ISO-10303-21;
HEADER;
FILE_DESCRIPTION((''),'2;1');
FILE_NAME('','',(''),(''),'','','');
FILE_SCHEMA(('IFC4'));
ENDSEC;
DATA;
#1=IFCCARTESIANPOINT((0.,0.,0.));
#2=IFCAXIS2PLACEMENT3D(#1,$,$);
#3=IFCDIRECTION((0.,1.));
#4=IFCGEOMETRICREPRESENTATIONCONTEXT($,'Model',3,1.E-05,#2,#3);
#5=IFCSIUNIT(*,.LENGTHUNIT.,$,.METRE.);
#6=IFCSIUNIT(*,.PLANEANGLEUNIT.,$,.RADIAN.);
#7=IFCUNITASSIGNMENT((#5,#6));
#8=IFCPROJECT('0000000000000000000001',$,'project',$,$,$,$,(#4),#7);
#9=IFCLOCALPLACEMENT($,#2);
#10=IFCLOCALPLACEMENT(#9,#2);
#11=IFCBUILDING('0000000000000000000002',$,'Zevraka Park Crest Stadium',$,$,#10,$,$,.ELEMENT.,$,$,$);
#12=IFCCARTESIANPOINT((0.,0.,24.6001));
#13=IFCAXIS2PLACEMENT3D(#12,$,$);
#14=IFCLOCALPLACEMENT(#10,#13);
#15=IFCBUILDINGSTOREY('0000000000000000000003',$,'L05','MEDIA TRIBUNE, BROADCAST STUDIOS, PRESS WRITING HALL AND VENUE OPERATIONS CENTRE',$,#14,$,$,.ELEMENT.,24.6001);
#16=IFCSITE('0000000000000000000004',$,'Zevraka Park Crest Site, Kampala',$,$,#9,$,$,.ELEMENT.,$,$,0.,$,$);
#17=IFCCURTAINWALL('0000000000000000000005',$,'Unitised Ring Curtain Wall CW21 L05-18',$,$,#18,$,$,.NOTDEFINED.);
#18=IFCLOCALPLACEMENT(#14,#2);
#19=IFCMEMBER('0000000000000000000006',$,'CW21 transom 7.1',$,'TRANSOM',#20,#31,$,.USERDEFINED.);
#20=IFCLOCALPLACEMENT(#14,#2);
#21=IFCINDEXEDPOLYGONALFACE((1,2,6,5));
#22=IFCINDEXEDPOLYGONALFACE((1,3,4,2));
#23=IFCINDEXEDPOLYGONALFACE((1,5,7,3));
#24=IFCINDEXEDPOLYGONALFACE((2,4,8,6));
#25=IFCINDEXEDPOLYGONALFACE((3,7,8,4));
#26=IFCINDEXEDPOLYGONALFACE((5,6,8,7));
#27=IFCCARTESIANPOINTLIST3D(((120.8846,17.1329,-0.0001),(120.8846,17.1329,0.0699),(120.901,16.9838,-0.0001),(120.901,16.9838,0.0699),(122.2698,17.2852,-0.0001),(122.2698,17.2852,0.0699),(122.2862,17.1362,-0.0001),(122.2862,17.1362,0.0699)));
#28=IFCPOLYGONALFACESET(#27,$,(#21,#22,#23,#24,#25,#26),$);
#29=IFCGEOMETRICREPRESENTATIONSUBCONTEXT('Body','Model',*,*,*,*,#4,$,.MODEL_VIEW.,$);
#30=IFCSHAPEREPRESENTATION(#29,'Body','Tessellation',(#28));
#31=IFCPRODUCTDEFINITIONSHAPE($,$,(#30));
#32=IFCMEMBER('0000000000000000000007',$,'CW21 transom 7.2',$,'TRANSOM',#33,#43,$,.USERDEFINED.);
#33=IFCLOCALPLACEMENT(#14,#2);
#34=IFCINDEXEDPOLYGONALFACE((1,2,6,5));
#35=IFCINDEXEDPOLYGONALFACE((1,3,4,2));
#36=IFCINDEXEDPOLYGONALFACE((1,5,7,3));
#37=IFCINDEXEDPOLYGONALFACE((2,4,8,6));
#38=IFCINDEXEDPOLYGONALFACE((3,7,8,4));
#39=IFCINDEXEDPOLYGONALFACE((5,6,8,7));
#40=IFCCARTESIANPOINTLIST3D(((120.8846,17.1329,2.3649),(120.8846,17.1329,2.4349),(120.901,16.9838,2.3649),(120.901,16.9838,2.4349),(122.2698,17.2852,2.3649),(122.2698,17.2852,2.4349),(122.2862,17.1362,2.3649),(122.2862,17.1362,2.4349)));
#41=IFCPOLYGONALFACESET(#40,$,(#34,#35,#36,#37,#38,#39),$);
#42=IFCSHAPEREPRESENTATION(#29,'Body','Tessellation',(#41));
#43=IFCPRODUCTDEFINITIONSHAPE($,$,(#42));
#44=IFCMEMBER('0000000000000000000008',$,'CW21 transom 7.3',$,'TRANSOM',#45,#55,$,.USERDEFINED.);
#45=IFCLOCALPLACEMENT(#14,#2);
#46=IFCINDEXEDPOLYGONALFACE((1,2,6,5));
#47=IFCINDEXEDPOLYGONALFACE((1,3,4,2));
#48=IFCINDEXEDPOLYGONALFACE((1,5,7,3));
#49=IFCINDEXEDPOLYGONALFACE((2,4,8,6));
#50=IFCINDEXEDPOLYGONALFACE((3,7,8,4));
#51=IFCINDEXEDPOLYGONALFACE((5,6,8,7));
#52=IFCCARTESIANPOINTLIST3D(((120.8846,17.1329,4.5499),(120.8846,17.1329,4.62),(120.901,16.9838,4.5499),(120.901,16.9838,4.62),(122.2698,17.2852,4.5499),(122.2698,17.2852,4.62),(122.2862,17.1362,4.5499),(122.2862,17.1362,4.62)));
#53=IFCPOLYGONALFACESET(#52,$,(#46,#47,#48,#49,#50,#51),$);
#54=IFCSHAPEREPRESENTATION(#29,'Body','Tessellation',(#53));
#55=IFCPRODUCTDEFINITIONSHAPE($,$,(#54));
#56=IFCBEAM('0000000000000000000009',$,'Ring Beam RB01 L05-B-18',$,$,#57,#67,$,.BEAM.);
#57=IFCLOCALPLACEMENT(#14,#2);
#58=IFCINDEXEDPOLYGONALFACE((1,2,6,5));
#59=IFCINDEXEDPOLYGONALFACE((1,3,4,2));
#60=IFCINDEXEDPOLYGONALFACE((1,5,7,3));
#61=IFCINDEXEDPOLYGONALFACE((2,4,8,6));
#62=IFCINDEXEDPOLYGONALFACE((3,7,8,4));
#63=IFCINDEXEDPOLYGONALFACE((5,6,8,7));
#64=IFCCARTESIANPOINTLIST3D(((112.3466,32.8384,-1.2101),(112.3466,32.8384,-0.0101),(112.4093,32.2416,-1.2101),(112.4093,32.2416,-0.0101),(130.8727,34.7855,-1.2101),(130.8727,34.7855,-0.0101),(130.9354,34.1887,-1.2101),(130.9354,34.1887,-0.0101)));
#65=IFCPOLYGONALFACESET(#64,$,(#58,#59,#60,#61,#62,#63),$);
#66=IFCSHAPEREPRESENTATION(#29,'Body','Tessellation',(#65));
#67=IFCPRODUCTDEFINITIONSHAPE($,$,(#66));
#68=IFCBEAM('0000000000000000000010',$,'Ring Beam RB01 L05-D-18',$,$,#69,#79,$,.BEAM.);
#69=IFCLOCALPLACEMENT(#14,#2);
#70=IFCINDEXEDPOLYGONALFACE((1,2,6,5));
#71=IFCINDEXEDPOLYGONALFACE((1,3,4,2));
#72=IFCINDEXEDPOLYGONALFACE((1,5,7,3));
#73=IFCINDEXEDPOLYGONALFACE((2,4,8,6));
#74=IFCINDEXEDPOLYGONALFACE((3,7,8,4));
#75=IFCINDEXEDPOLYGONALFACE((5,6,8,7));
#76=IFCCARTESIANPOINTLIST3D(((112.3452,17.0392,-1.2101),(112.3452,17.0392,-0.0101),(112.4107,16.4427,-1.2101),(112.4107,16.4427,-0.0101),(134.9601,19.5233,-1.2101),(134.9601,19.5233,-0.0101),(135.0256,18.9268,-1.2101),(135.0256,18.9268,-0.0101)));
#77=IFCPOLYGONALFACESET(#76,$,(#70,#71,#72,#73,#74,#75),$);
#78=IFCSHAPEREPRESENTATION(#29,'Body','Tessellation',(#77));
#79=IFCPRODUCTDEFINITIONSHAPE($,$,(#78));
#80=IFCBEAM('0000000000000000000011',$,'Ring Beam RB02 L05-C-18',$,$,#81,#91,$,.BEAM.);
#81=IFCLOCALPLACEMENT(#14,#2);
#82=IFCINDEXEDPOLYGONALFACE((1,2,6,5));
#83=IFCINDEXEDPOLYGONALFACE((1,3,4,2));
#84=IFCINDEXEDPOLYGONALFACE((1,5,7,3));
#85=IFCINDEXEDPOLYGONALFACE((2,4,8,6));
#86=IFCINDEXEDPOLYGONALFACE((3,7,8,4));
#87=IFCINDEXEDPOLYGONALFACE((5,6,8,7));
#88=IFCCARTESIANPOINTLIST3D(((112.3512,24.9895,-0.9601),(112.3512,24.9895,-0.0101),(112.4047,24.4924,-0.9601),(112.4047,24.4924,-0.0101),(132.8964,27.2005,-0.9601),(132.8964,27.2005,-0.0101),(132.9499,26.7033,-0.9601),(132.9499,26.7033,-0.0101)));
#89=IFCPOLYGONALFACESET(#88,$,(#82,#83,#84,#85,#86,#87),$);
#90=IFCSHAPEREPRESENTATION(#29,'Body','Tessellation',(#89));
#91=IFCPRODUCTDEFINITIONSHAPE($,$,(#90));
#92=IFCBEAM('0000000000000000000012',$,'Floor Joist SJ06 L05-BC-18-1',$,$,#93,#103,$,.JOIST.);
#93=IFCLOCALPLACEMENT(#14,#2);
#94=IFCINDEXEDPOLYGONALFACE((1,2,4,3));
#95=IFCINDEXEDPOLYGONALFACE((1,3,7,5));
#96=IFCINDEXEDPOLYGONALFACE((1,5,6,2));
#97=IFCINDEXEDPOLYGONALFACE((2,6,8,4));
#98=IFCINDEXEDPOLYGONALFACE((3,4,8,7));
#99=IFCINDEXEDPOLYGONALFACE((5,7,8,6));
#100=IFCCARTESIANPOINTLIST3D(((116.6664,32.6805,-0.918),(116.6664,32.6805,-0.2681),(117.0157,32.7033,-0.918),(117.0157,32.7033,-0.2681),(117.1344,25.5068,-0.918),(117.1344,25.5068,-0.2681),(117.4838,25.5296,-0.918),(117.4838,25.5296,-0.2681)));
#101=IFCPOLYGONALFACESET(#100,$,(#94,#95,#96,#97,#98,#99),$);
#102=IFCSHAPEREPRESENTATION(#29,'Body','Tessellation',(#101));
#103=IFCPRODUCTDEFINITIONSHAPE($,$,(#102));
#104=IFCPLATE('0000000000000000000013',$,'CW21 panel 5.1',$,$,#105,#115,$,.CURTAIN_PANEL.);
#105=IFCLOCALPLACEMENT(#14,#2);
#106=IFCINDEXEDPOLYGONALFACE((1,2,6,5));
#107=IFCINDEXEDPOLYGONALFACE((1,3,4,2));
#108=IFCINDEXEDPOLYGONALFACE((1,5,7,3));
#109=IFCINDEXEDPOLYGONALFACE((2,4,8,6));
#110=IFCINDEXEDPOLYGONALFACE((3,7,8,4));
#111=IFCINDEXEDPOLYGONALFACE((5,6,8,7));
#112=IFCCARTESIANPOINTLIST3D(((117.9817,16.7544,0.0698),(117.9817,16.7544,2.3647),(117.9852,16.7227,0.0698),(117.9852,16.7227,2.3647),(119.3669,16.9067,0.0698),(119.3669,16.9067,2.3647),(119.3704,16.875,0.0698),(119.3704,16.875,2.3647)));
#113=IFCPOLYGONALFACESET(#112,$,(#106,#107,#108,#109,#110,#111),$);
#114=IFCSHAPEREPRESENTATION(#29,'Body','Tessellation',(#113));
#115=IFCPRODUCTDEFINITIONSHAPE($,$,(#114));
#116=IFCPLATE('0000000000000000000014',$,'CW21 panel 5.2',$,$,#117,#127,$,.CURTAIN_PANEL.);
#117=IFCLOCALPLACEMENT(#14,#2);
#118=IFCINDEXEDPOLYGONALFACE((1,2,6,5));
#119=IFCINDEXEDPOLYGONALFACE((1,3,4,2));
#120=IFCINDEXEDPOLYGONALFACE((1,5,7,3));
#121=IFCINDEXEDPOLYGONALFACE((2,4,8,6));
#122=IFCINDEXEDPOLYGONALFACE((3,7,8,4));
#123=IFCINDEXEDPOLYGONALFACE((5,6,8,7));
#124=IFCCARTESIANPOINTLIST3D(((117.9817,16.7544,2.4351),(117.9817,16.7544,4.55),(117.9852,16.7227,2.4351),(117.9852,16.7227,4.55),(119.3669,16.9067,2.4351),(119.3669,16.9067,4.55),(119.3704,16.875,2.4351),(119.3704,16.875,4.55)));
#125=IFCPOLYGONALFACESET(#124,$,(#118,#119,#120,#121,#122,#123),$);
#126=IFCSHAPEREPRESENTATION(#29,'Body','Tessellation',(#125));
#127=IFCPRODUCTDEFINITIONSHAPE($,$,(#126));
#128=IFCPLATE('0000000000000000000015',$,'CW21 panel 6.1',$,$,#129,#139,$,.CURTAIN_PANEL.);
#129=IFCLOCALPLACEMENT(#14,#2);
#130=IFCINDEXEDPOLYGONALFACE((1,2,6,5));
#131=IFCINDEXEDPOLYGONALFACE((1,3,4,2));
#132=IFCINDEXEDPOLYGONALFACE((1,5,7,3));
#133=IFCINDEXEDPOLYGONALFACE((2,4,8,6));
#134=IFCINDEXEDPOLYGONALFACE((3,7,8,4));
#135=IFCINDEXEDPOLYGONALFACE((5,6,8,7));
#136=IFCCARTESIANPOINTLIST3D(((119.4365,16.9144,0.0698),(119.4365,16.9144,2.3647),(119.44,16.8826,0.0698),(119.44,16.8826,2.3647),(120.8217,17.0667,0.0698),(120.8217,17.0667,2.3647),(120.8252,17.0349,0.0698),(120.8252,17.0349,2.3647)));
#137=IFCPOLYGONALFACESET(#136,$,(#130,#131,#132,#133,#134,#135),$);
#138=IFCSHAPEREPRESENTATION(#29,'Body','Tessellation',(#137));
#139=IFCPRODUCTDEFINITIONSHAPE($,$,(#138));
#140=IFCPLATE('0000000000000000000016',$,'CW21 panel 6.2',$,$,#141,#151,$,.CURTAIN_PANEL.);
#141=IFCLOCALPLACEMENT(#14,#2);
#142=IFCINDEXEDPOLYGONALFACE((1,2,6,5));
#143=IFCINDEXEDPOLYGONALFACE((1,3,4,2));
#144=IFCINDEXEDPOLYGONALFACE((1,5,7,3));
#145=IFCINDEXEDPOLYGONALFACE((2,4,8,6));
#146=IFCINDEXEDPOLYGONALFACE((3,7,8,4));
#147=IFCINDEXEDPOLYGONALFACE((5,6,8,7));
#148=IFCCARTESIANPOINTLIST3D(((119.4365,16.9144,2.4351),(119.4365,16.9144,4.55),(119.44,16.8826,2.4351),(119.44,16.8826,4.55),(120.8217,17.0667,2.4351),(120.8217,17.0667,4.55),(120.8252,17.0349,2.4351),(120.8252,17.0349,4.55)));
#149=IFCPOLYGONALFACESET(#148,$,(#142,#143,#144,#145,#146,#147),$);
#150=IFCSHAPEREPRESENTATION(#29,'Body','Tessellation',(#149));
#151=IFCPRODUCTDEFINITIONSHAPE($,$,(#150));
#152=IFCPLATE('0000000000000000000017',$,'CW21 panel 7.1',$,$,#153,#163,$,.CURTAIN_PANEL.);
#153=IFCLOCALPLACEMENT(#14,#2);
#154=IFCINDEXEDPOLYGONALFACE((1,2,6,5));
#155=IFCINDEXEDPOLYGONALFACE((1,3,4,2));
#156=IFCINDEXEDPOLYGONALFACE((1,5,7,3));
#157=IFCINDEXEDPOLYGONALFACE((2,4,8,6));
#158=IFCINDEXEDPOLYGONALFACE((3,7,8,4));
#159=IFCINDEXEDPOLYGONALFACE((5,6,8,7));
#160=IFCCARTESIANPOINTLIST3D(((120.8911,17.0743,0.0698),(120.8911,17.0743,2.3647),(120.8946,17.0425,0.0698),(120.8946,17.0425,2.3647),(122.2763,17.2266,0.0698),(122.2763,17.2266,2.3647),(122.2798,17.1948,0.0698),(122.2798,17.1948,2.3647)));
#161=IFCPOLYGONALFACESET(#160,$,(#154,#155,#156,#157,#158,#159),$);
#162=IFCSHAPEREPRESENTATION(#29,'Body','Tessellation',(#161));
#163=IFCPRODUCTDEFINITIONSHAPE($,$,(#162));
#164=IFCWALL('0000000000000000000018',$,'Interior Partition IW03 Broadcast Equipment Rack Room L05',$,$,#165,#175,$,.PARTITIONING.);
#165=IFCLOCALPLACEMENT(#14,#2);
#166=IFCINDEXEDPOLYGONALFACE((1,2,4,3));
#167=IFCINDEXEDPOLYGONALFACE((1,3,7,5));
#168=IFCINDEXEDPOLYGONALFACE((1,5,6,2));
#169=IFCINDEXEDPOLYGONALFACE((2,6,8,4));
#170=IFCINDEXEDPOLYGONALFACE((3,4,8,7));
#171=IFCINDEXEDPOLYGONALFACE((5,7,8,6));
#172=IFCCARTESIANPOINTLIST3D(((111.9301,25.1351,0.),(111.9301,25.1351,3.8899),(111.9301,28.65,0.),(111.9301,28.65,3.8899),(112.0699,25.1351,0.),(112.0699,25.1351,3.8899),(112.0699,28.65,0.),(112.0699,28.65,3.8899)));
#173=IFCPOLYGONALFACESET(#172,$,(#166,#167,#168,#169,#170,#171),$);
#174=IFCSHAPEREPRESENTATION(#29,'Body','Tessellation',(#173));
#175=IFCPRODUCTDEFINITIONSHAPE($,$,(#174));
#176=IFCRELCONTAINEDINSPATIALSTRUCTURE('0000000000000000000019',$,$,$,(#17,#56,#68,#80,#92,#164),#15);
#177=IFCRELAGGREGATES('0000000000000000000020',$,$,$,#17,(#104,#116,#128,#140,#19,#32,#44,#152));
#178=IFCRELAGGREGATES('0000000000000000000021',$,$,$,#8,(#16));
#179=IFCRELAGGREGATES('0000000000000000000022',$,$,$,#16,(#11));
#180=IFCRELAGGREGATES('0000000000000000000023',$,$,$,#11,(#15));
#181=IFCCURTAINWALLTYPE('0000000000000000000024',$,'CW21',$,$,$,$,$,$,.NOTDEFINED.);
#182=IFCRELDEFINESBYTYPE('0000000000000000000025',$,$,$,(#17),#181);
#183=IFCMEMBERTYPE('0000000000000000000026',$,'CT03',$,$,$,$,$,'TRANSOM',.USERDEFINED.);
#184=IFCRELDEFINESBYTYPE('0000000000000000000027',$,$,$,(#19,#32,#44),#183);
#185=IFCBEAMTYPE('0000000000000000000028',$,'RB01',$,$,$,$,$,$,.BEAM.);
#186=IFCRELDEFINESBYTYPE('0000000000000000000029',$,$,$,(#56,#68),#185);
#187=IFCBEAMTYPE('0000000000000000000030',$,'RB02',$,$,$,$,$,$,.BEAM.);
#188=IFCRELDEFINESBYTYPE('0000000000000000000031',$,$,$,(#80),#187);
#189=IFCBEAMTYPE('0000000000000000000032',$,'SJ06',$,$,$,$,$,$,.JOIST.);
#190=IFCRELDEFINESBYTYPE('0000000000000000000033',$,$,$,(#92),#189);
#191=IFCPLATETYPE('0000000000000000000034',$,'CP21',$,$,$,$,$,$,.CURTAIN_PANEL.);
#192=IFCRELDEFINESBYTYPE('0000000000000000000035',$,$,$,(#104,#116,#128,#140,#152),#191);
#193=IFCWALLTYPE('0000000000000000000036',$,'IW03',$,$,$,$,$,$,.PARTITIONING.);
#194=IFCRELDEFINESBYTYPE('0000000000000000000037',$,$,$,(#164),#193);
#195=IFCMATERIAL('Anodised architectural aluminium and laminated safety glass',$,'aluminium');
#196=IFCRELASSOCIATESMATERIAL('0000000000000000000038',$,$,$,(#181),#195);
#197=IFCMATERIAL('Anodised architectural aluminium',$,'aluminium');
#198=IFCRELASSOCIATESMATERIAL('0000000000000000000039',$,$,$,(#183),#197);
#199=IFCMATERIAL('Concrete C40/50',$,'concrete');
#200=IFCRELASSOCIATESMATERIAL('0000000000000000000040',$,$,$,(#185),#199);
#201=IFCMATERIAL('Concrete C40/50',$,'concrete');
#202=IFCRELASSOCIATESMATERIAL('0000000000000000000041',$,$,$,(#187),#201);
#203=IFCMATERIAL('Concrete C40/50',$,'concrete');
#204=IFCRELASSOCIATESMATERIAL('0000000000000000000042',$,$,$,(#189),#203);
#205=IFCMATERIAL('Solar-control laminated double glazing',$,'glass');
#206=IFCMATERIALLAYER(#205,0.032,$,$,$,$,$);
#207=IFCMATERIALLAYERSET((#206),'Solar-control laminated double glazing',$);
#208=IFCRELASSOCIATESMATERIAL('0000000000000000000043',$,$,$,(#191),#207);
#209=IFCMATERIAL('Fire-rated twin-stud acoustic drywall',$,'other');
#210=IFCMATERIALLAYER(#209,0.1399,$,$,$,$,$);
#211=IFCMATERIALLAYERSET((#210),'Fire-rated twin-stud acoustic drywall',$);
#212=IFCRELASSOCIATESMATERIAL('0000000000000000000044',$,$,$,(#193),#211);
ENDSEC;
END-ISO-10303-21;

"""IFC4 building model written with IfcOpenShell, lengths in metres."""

from ifc_helpers import new_model, si_unit, direction, frame, frame_2d, origin, origin_2d, place, context, subcontext, project, spatial, rectangle, extrude, material, layer, layer_set, material_profile, profile_set, type_object, element, aggregate, save


model = new_model("IFC4")

# Units and contexts
model_context = context("Model", 3, precision=1e-05, world=origin(), true_north=direction((0.0, 1.0)))
body_context = subcontext(model_context, "Body", "Model", "MODEL_VIEW")
ifc_project = project(units=[si_unit("LENGTHUNIT", "METRE"), si_unit("PLANEANGLEUNIT", "RADIAN")], contexts=[model_context])

# Site, building, storey
site_placement = place(None, origin())
site = spatial("IfcSite", under=ifc_project, at=site_placement, Name="Zevraka Park Crest Site, Kampala", CompositionType="ELEMENT", RefElevation=0.0)
building_placement = place(site_placement, origin())
building = spatial("IfcBuilding", under=site, at=building_placement, Name="Zevraka Park Crest Stadium", CompositionType="ELEMENT")
storey_placement = place(building_placement, frame((0.0, 0.0, 24.6001)))
storey = spatial("IfcBuildingStorey", under=building, at=storey_placement, Name="L05", Description="MEDIA TRIBUNE, BROADCAST STUDIOS, PRESS WRITING HALL AND VENUE OPERATIONS CENTRE", CompositionType="ELEMENT", Elevation=24.6001)

# Curtain wall, members
ifc_material_1 = material(Name="Anodised architectural aluminium and laminated safety glass", Category="aluminium")
curtain_wall_type = type_object("IfcCurtainWallType", Name="CW21", PredefinedType="NOTDEFINED", material=ifc_material_1)
curtain_wall_placement = place(storey_placement, origin())
curtain_wall = element("IfcCurtainWall", 1, at=curtain_wall_placement, inside=storey, type_object=curtain_wall_type, Name="Unitised Ring Curtain Wall CW21 L05-18", PredefinedType="NOTDEFINED")
ifc_material_2 = material(Name="Anodised architectural aluminium", Category="aluminium")
ifc_material_profile_1 = material_profile(ifc_material_2, rectangle(XDim=0.1499, YDim=0.0701, at=origin_2d()), Name="ALU TRANSOM 150x70")
ifc_profile_set_1 = profile_set([ifc_material_profile_1], Name="Anodised architectural aluminium")
member_type_1 = type_object("IfcMemberType", Name="CT03", ElementType="TRANSOM", PredefinedType="USERDEFINED", material=ifc_profile_set_1)
member_1_placement = place(storey_placement, frame((120.8928, 17.0583, 0.0349), z_axis=(0.994007, 0.109316, 0.0), x_axis=(-0.109316, 0.994007, 0.0)))
member_1 = element("IfcMember", 2, at=member_1_placement, type_object=member_type_1, Name="CW21 transom 7.1", ObjectType="TRANSOM", PredefinedType="USERDEFINED", context=body_context, shape_type="SweptSolid", body=[
    extrude(rectangle(XDim=0.1499, YDim=0.0701, at=origin_2d()), origin(), (0.0, 0.0, 1.0), 1.3936),
])
member_2_placement = place(storey_placement, frame((120.8928, 17.0583, 2.3999), z_axis=(0.994007, 0.109316, 0.0), x_axis=(-0.109316, 0.994007, 0.0)))
member_2 = element("IfcMember", 3, at=member_2_placement, type_object=member_type_1, Name="CW21 transom 7.2", ObjectType="TRANSOM", PredefinedType="USERDEFINED", context=body_context, shape_type="SweptSolid", body=[
    extrude(rectangle(XDim=0.1499, YDim=0.0701, at=origin_2d()), origin(), (0.0, 0.0, 1.0), 1.3936),
])
member_3_placement = place(storey_placement, frame((120.8928, 17.0583, 4.585), z_axis=(0.994007, 0.109316, 0.0), x_axis=(-0.109316, 0.994007, 0.0)))
member_3 = element("IfcMember", 4, at=member_3_placement, type_object=member_type_1, Name="CW21 transom 7.3", ObjectType="TRANSOM", PredefinedType="USERDEFINED", context=body_context, shape_type="SweptSolid", body=[
    extrude(rectangle(XDim=0.1499, YDim=0.0701, at=origin_2d()), origin(), (0.0, 0.0, 1.0), 1.3936),
])

# Beams
ifc_material_3 = material(Name="Concrete C40/50", Category="concrete")
ifc_material_profile_2 = material_profile(ifc_material_3, rectangle(XDim=0.6001, YDim=1.2, at=origin_2d()), Name="RC 1200x600")
ifc_profile_set_2 = profile_set([ifc_material_profile_2], Name="Concrete C40/50")
beam_type_1 = type_object("IfcBeamType", Name="RB01", PredefinedType="BEAM", material=ifc_profile_set_2)
beam_1_placement = place(storey_placement, frame((112.3779, 32.54, -0.6101), z_axis=(0.994523, 0.10452, 0.0), x_axis=(-0.10452, 0.994523, 0.0)))
element("IfcBeam", 5, at=beam_1_placement, inside=storey, type_object=beam_type_1, Name="Ring Beam RB01 L05-B-18", PredefinedType="BEAM", context=body_context, shape_type="SweptSolid", body=[
    extrude(rectangle(XDim=0.6001, YDim=1.2, at=origin_2d()), origin(), (0.0, 0.0, 1.0), 18.6282),
])
beam_2_placement = place(storey_placement, frame((112.3779, 16.741, -0.6101), z_axis=(0.994021, 0.109188, 0.0), x_axis=(-0.109188, 0.994021, 0.0)))
element("IfcBeam", 6, at=beam_2_placement, inside=storey, type_object=beam_type_1, Name="Ring Beam RB01 L05-D-18", PredefinedType="BEAM", context=body_context, shape_type="SweptSolid", body=[
    extrude(rectangle(XDim=0.6001, YDim=1.2, at=origin_2d()), origin(), (0.0, 0.0, 1.0), 22.751),
])
ifc_material_4 = material(Name="Concrete C40/50", Category="concrete")
ifc_material_profile_3 = material_profile(ifc_material_4, rectangle(XDim=0.5, YDim=0.95, at=origin_2d()), Name="RC 950x500")
ifc_profile_set_3 = profile_set([ifc_material_profile_3], Name="Concrete C40/50")
beam_type_2 = type_object("IfcBeamType", Name="RB02", PredefinedType="BEAM", material=ifc_profile_set_3)
beam_3_placement = place(storey_placement, frame((112.3779, 24.741, -0.4851), z_axis=(0.994259, 0.106996, 0.0), x_axis=(-0.106996, 0.994259, 0.0)))
element("IfcBeam", 7, at=beam_3_placement, inside=storey, type_object=beam_type_2, Name="Ring Beam RB02 L05-C-18", PredefinedType="BEAM", context=body_context, shape_type="SweptSolid", body=[
    extrude(rectangle(XDim=0.5, YDim=0.95, at=origin_2d()), origin(), (0.0, 0.0, 1.0), 20.6638),
])
ifc_material_5 = material(Name="Concrete C40/50", Category="concrete")
ifc_material_profile_4 = material_profile(ifc_material_5, rectangle(XDim=0.3501, YDim=0.6499, at=origin_2d()), Name="RC 650x350")
ifc_profile_set_4 = profile_set([ifc_material_profile_4], Name="Concrete C40/50")
beam_type_3 = type_object("IfcBeamType", Name="SJ06", PredefinedType="JOIST", material=ifc_profile_set_4)
beam_4_placement = place(storey_placement, frame((116.8411, 32.6919, -0.593), z_axis=(0.065101, -0.997879, 0.0), x_axis=(0.997879, 0.065101, 0.0)))
element("IfcBeam", 8, at=beam_4_placement, inside=storey, type_object=beam_type_3, Name="Floor Joist SJ06 L05-BC-18-1", PredefinedType="JOIST", context=body_context, shape_type="SweptSolid", body=[
    extrude(rectangle(XDim=0.3501, YDim=0.6499, at=origin_2d()), origin(), (0.0, 0.0, 1.0), 7.189),
])

# Plates
ifc_material_6 = material(Name="Solar-control laminated double glazing", Category="glass")
ifc_layer_1 = layer(ifc_material_6, 0.032)
ifc_layer_set_1 = layer_set([ifc_layer_1], Name="Solar-control laminated double glazing")
plate_type = type_object("IfcPlateType", Name="CP21", PredefinedType="CURTAIN_PANEL", material=ifc_layer_set_1)
plate_1_placement = place(storey_placement, frame((118.676, 16.8147, 0.0698), z_axis=(0.0, 0.0, 1.0), x_axis=(0.99401, 0.109288, 0.0)))
plate_1 = element("IfcPlate", 9, at=plate_1_placement, type_object=plate_type, Name="CW21 panel 5.1", PredefinedType="CURTAIN_PANEL", context=body_context, shape_type="SweptSolid", body=[
    extrude(rectangle(XDim=1.3936, YDim=0.032, at=origin_2d()), origin(), (0.0, 0.0, 1.0), 2.2949),
])
plate_2_placement = place(storey_placement, frame((118.676, 16.8147, 2.4351), z_axis=(0.0, 0.0, 1.0), x_axis=(0.99401, 0.109288, 0.0)))
plate_2 = element("IfcPlate", 10, at=plate_2_placement, type_object=plate_type, Name="CW21 panel 5.2", PredefinedType="CURTAIN_PANEL", context=body_context, shape_type="SweptSolid", body=[
    extrude(rectangle(XDim=1.3936, YDim=0.032, at=origin_2d()), origin(), (0.0, 0.0, 1.0), 2.115),
])
plate_3_placement = place(storey_placement, frame((120.1309, 16.9746, 0.0698), z_axis=(0.0, 0.0, 1.0), x_axis=(0.99401, 0.109288, 0.0)))
plate_3 = element("IfcPlate", 11, at=plate_3_placement, type_object=plate_type, Name="CW21 panel 6.1", PredefinedType="CURTAIN_PANEL", context=body_context, shape_type="SweptSolid", body=[
    extrude(rectangle(XDim=1.3936, YDim=0.032, at=origin_2d()), origin(), (0.0, 0.0, 1.0), 2.2949),
])
plate_4_placement = place(storey_placement, frame((120.1309, 16.9746, 2.4351), z_axis=(0.0, 0.0, 1.0), x_axis=(0.99401, 0.109288, 0.0)))
plate_4 = element("IfcPlate", 12, at=plate_4_placement, type_object=plate_type, Name="CW21 panel 6.2", PredefinedType="CURTAIN_PANEL", context=body_context, shape_type="SweptSolid", body=[
    extrude(rectangle(XDim=1.3936, YDim=0.032, at=origin_2d()), origin(), (0.0, 0.0, 1.0), 2.115),
])
plate_5_placement = place(storey_placement, frame((121.5854, 17.1345, 0.0698), z_axis=(0.0, 0.0, 1.0), x_axis=(0.99401, 0.109288, 0.0)))
plate_5 = element("IfcPlate", 13, at=plate_5_placement, type_object=plate_type, Name="CW21 panel 7.1", PredefinedType="CURTAIN_PANEL", context=body_context, shape_type="SweptSolid", body=[
    extrude(rectangle(XDim=1.3936, YDim=0.032, at=origin_2d()), origin(), (0.0, 0.0, 1.0), 2.2949),
])
aggregate(curtain_wall, [plate_1, plate_2, plate_3, plate_4, member_1, member_2, member_3, plate_5])

# Wall
ifc_material_7 = material(Name="Fire-rated twin-stud acoustic drywall", Category="other")
ifc_layer_2 = layer(ifc_material_7, 0.1399)
ifc_layer_set_2 = layer_set([ifc_layer_2], Name="Fire-rated twin-stud acoustic drywall")
wall_type_1 = type_object("IfcWallType", Name="IW03", PredefinedType="PARTITIONING", material=ifc_layer_set_2)
wall_1_placement = place(storey_placement, frame((112.0, 28.6499, 0.0), z_axis=(0.0, 0.0, 1.0), x_axis=(0.0, -1.0, 0.0)))
element("IfcWall", 14, at=wall_1_placement, inside=storey, type_object=wall_type_1, Name="Interior Partition IW03 Broadcast Equipment Rack Room L05", PredefinedType="PARTITIONING", context=body_context, shape_type="SweptSolid", body=[
    extrude(rectangle(XDim=3.5149, YDim=0.1399, at=frame_2d((1.7573, 0.0))), origin(), (0.0, 0.0, 1.0), 3.8899),
])

save(model, "model.ifc")
